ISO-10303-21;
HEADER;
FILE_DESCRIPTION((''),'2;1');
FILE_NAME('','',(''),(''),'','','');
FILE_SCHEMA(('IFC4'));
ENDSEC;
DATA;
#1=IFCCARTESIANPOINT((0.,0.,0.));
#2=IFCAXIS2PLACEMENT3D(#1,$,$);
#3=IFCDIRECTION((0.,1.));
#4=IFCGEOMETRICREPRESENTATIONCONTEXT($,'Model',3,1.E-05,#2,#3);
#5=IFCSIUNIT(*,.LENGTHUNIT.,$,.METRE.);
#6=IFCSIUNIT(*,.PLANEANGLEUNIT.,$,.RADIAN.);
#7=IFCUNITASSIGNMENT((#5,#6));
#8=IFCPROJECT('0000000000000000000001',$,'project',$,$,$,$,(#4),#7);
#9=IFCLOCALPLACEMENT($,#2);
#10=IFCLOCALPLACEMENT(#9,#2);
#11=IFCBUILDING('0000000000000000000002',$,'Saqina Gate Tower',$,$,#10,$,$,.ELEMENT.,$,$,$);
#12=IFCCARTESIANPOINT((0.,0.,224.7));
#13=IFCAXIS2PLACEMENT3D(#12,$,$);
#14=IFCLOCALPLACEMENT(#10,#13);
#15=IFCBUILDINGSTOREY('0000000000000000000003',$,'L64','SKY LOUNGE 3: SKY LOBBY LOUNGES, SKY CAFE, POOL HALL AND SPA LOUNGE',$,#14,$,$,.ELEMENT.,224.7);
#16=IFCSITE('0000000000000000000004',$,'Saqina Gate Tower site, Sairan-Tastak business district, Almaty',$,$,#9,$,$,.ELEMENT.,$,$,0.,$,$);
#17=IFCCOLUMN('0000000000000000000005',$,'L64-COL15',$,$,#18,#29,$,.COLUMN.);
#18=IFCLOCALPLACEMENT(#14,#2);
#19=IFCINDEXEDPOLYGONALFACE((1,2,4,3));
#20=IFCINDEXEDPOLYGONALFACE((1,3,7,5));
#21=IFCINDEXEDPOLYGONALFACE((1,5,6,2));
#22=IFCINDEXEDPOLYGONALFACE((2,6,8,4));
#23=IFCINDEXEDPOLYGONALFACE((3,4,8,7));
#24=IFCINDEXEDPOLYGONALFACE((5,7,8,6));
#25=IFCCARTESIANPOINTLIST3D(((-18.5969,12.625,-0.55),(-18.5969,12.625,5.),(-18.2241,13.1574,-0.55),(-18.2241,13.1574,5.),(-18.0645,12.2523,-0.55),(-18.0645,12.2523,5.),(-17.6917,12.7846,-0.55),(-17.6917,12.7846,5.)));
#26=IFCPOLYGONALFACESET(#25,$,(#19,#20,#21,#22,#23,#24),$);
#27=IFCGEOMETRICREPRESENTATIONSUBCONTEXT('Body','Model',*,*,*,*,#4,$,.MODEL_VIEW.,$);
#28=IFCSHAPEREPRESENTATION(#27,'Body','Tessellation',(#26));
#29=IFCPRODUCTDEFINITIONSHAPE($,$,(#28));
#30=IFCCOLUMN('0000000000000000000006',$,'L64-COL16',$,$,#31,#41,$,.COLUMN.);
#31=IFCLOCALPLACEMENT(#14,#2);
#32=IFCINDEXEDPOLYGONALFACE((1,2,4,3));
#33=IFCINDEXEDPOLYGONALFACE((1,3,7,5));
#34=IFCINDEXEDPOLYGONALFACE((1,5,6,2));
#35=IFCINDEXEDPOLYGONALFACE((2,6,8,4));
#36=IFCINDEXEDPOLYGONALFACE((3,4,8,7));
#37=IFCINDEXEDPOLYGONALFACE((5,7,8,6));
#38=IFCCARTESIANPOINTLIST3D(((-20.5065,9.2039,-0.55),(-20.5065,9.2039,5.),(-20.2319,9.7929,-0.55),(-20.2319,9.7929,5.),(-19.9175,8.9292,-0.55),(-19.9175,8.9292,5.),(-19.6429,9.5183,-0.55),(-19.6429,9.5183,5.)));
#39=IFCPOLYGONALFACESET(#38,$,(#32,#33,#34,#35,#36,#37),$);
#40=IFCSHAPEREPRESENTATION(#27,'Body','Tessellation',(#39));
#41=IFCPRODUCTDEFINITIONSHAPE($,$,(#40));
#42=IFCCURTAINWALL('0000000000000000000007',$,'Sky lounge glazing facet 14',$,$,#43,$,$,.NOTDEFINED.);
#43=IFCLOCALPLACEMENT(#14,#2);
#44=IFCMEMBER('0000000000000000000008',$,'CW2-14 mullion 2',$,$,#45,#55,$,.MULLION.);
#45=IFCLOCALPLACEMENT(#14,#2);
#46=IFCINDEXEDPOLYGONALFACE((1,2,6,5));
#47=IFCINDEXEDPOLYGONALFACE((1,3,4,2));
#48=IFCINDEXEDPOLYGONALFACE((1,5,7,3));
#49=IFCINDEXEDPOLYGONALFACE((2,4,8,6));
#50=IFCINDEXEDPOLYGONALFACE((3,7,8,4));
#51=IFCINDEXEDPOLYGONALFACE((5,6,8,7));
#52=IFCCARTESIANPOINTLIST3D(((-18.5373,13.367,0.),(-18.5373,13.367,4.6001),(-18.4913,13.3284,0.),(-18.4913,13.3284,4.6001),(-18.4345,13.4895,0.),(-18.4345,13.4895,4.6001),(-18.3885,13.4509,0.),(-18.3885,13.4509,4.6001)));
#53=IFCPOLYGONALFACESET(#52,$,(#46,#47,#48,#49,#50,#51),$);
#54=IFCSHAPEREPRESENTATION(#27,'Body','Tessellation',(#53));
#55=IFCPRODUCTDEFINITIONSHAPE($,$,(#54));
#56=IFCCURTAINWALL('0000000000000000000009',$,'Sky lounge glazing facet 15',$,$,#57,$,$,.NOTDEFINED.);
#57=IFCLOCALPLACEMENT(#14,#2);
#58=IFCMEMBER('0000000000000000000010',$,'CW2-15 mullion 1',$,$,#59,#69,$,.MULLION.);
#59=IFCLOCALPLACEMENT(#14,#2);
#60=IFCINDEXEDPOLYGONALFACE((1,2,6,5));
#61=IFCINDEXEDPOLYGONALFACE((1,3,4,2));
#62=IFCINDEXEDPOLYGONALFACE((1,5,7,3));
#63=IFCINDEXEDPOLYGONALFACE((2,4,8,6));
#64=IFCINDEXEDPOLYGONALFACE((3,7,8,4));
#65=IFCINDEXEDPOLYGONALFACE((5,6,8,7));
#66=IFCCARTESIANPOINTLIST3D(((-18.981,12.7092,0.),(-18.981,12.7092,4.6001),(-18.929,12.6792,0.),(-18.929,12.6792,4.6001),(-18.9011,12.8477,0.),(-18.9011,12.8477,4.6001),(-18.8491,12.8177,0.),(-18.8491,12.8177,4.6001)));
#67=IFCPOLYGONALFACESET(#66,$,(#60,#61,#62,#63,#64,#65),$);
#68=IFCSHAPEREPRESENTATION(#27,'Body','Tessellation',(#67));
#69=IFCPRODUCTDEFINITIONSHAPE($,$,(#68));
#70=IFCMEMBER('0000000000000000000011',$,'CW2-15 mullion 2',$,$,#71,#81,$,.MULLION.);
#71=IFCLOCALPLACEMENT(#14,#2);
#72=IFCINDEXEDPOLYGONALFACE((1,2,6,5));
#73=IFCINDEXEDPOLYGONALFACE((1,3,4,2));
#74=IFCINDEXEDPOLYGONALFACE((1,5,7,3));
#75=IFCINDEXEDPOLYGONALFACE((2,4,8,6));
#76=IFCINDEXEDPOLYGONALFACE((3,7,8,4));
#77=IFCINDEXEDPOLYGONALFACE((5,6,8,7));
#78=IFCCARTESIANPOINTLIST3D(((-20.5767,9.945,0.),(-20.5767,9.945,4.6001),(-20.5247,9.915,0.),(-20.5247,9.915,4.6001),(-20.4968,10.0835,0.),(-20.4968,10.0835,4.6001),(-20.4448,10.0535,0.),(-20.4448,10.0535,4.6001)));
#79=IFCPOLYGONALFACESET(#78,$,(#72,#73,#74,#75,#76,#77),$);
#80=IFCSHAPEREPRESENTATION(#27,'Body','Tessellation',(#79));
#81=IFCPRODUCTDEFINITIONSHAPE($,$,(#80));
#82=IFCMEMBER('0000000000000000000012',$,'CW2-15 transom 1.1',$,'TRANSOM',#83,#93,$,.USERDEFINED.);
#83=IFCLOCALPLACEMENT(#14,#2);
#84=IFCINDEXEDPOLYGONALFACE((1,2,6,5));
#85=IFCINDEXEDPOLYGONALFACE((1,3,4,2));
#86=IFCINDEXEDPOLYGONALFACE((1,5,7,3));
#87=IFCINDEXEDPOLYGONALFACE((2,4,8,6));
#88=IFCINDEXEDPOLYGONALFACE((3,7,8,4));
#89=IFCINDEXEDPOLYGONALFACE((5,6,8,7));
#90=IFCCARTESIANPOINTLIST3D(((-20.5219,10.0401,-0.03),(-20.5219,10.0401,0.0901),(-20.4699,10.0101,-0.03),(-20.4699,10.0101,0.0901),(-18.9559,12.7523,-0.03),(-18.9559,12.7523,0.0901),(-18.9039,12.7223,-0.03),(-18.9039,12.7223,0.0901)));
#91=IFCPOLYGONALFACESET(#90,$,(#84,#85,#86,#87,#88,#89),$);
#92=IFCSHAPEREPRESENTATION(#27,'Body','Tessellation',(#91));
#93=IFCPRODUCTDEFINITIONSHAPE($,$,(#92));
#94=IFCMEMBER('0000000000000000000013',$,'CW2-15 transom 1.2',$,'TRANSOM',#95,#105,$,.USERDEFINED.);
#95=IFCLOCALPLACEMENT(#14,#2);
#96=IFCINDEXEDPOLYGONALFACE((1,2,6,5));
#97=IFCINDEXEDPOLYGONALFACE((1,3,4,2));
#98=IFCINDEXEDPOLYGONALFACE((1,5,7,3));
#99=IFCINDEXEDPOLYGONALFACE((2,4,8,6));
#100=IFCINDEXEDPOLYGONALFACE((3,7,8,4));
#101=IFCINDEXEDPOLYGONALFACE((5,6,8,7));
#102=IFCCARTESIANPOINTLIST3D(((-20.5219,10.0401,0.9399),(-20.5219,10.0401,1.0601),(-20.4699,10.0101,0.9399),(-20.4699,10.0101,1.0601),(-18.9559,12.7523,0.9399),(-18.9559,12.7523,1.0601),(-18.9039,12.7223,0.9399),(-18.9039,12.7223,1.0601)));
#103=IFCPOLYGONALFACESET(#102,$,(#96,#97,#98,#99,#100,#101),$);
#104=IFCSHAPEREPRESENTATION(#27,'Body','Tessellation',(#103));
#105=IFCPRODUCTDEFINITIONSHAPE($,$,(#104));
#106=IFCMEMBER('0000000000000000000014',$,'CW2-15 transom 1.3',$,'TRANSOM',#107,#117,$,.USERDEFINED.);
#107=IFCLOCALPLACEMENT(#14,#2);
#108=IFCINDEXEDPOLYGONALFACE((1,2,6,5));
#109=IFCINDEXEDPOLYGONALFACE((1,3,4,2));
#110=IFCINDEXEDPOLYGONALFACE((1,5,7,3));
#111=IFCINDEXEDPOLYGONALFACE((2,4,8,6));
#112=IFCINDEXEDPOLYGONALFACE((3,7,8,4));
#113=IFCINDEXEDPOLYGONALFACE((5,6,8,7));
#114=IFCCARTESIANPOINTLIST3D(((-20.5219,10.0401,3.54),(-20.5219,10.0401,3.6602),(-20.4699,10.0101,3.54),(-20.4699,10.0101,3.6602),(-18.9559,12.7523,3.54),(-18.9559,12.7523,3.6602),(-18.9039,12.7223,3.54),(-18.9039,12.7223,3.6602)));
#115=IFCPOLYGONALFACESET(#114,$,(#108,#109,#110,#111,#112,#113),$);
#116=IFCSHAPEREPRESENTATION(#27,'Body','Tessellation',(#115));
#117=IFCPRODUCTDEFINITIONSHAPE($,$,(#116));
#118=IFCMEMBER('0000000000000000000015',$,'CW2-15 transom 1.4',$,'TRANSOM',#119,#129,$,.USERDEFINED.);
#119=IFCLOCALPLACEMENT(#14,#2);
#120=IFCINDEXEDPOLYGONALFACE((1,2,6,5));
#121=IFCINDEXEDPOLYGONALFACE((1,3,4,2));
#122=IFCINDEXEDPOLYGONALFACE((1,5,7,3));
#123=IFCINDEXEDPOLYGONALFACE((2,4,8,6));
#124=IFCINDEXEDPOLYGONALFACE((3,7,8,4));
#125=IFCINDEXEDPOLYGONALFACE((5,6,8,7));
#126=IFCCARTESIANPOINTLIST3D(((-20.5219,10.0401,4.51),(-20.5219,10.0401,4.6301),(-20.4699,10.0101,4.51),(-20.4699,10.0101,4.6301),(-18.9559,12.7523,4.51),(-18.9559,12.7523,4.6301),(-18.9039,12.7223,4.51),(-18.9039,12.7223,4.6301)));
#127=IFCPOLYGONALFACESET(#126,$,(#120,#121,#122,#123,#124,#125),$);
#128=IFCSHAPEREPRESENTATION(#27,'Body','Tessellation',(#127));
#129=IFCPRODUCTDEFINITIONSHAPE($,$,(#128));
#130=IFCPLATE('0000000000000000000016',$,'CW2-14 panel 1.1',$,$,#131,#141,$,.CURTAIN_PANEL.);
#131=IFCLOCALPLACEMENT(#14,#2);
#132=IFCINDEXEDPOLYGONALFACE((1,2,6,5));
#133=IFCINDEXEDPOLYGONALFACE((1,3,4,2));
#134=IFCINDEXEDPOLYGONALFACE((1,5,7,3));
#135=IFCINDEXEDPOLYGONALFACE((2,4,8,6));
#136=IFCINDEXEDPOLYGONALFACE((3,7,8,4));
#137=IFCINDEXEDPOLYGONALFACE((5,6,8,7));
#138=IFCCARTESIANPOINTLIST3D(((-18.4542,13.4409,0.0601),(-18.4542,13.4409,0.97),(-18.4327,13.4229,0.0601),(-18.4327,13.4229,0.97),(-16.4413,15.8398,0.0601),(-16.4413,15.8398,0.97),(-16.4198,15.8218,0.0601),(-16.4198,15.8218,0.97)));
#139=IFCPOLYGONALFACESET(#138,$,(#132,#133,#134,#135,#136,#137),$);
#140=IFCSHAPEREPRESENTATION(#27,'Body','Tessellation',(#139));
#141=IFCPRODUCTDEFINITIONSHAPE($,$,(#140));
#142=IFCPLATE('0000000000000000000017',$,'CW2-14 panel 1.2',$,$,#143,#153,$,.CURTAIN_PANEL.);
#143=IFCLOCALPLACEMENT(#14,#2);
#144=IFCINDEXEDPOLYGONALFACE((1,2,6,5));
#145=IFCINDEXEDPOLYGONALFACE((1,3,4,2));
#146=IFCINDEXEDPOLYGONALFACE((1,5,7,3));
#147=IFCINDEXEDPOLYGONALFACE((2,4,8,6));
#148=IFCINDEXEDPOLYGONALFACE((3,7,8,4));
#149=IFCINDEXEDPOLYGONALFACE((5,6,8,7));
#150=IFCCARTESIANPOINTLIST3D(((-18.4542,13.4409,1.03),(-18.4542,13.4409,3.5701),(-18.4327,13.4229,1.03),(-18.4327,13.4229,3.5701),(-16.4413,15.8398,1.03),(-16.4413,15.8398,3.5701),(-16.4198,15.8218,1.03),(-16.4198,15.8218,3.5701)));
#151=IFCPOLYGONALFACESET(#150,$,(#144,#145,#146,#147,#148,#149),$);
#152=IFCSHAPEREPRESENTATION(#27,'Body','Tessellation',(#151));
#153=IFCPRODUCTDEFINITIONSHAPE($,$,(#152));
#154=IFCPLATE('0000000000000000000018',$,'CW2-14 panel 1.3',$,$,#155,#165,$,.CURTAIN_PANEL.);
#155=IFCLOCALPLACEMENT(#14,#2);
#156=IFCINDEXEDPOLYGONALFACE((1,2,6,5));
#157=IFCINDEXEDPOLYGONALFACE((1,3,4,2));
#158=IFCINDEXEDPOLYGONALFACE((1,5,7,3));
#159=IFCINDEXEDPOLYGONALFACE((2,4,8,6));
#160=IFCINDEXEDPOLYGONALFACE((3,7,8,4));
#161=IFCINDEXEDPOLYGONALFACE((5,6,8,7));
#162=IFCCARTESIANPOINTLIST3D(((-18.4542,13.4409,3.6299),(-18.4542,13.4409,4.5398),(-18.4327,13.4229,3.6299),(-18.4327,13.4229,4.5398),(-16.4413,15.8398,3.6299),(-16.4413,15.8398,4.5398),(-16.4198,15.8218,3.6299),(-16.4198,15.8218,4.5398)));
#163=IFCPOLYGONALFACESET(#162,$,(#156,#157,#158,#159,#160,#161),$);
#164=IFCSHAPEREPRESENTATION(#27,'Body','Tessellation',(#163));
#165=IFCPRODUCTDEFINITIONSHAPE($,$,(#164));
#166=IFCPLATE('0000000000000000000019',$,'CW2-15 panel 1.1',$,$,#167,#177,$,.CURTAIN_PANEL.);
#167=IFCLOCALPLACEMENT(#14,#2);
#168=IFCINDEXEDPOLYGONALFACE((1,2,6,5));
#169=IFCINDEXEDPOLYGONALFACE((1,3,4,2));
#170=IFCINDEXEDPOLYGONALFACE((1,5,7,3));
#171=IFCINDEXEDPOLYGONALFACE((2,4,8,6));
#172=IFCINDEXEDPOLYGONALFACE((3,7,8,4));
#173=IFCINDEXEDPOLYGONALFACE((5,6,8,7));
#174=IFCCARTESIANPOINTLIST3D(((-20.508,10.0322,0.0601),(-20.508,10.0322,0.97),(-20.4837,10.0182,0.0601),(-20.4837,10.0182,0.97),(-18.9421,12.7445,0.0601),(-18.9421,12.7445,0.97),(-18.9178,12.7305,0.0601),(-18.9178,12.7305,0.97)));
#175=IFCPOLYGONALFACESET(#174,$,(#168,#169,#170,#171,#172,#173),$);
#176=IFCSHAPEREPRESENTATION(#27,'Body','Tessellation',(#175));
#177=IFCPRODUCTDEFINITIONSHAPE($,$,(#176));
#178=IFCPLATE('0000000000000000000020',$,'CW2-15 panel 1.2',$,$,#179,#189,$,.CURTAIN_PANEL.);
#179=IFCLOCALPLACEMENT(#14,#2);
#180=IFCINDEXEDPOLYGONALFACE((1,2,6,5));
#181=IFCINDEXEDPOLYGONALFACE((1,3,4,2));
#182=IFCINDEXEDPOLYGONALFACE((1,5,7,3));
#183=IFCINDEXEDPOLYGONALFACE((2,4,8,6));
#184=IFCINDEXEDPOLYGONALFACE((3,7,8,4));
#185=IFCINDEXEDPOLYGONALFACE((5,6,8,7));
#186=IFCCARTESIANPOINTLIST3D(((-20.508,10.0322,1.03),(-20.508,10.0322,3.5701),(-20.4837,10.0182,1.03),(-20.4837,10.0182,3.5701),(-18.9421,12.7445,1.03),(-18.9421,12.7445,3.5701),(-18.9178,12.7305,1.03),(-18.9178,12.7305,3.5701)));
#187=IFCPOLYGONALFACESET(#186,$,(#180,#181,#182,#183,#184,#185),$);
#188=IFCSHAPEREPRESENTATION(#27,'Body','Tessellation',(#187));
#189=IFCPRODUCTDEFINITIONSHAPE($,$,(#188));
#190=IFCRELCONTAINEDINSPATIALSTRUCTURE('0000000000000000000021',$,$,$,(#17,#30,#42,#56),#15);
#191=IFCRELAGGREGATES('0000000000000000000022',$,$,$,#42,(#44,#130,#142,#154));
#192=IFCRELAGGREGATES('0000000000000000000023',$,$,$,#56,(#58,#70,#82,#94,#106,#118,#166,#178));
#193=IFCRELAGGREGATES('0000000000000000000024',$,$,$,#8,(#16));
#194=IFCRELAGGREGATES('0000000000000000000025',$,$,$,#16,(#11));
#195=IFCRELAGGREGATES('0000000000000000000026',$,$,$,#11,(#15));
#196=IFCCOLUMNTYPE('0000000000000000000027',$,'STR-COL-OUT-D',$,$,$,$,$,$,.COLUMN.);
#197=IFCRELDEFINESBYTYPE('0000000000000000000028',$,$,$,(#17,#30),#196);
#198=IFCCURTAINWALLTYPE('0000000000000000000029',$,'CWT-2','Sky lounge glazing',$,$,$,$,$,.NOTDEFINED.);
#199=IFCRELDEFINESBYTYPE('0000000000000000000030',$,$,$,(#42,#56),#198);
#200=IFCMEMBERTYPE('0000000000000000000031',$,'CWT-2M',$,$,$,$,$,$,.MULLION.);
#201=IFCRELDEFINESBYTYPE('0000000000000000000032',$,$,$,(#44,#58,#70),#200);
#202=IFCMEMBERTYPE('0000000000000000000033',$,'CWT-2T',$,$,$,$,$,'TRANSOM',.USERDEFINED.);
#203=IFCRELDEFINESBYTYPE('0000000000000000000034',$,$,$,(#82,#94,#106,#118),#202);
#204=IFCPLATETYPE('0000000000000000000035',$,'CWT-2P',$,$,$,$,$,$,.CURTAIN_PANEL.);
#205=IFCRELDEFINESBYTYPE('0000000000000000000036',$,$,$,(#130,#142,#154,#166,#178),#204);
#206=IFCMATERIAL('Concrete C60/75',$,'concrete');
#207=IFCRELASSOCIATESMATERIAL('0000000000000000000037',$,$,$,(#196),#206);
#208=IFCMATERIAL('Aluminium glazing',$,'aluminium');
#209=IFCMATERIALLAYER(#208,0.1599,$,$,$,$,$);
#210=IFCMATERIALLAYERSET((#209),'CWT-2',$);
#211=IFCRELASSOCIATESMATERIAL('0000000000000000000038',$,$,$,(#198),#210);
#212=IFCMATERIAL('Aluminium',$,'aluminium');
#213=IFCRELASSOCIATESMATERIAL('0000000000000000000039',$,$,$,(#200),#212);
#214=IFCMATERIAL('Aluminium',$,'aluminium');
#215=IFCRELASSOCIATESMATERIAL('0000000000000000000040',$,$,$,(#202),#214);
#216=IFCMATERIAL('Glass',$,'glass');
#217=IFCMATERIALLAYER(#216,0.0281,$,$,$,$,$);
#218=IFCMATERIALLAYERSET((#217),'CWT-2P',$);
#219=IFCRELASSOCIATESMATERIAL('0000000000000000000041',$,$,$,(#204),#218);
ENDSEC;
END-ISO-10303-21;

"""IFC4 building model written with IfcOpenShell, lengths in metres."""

from ifc_helpers import new_model, si_unit, direction, frame, origin, origin_2d, place, context, subcontext, project, spatial, rectangle, extrude, material, layer, layer_set, material_profile, profile_set, type_object, element, aggregate, save


model = new_model("IFC4")

# Units and contexts
model_context = context("Model", 3, precision=1e-05, world=origin(), true_north=direction((0.0, 1.0)))
body_context = subcontext(model_context, "Body", "Model", "MODEL_VIEW")
ifc_project = project(units=[si_unit("LENGTHUNIT", "METRE"), si_unit("PLANEANGLEUNIT", "RADIAN")], contexts=[model_context])

# Site, building, storey
site_placement = place(None, origin())
site = spatial("IfcSite", under=ifc_project, at=site_placement, Name="Saqina Gate Tower site, Sairan-Tastak business district, Almaty", CompositionType="ELEMENT", RefElevation=0.0)
building_placement = place(site_placement, origin())
building = spatial("IfcBuilding", under=site, at=building_placement, Name="Saqina Gate Tower", CompositionType="ELEMENT")
storey_placement = place(building_placement, frame((0.0, 0.0, 224.7)))
storey = spatial("IfcBuildingStorey", under=building, at=storey_placement, Name="L64", Description="SKY LOUNGE 3: SKY LOBBY LOUNGES, SKY CAFE, POOL HALL AND SPA LOUNGE", CompositionType="ELEMENT", Elevation=224.7)

# Columns
ifc_material_1 = material(Name="Concrete C60/75", Category="concrete")
ifc_material_profile_1 = material_profile(ifc_material_1, rectangle(XDim=0.6499, YDim=0.6499, at=origin_2d()), Name="RC 650x650")
ifc_profile_set_1 = profile_set([ifc_material_profile_1], Name="Concrete C60/75")
column_type = type_object("IfcColumnType", Name="STR-COL-OUT-D", PredefinedType="COLUMN", material=ifc_profile_set_1)
for number, where, z_axis, x_axis, name in (
    (1, (-18.1443, 12.7048, -0.55), (0.0, 0.0, 1.0), (-0.819152, 0.573576, 0.0), "L64-COL15"),
    (2, (-20.0747, 9.3611, -0.55), (0.0, 0.0, 1.0), (-0.906308, 0.422618, 0.0), "L64-COL16"),
):
    element("IfcColumn", number, at=place(storey_placement, frame(where, z_axis=z_axis, x_axis=x_axis)), inside=storey, type_object=column_type, Name=name, PredefinedType="COLUMN", context=body_context, shape_type="SweptSolid", body=[
        extrude(rectangle(XDim=0.6499, YDim=0.6499, at=origin_2d()), origin(), (0.0, 0.0, 1.0), 5.55),
    ])

# Curtain wall, member
ifc_material_2 = material(Name="Aluminium glazing", Category="aluminium")
ifc_layer_1 = layer(ifc_material_2, 0.1599)
ifc_layer_set_1 = layer_set([ifc_layer_1], Name="CWT-2")
curtain_wall_type = type_object("IfcCurtainWallType", Name="CWT-2", Description="Sky lounge glazing", PredefinedType="NOTDEFINED", material=ifc_layer_set_1)
curtain_wall_1_placement = place(storey_placement, origin())
curtain_wall_1 = element("IfcCurtainWall", 3, at=curtain_wall_1_placement, inside=storey, type_object=curtain_wall_type, Name="Sky lounge glazing facet 14", PredefinedType="NOTDEFINED")
ifc_material_3 = material(Name="Aluminium", Category="aluminium")
ifc_material_profile_2 = material_profile(ifc_material_3, rectangle(XDim=0.0601, YDim=0.1599, at=origin_2d()), Name="Aluminium 60x160")
ifc_profile_set_2 = profile_set([ifc_material_profile_2], Name="Aluminium")
member_type_1 = type_object("IfcMemberType", Name="CWT-2M", PredefinedType="MULLION", material=ifc_profile_set_2)
member_1_placement = place(storey_placement, frame((-18.4629, 13.4089, 0.0), z_axis=(0.0, 0.0, 1.0), x_axis=(0.766046, -0.642785, 0.0)))
member_1 = element("IfcMember", 4, at=member_1_placement, type_object=member_type_1, Name="CW2-14 mullion 2", PredefinedType="MULLION", context=body_context, shape_type="SweptSolid", body=[
    extrude(rectangle(XDim=0.0601, YDim=0.1599, at=origin_2d()), origin(), (0.0, 0.0, 1.0), 4.6001),
])

# Curtain wall, members
curtain_wall_2_placement = place(storey_placement, origin())
curtain_wall_2 = element("IfcCurtainWall", 5, at=curtain_wall_2_placement, inside=storey, type_object=curtain_wall_type, Name="Sky lounge glazing facet 15", PredefinedType="NOTDEFINED")
member_2_placement = place(storey_placement, frame((-18.915, 12.7634, 0.0), z_axis=(0.0, 0.0, 1.0), x_axis=(0.866036, -0.499982, 0.0)))
member_2 = element("IfcMember", 6, at=member_2_placement, type_object=member_type_1, Name="CW2-15 mullion 1", PredefinedType="MULLION", context=body_context, shape_type="SweptSolid", body=[
    extrude(rectangle(XDim=0.0601, YDim=0.1599, at=origin_2d()), origin(), (0.0, 0.0, 1.0), 4.6001),
])
member_3_placement = place(storey_placement, frame((-20.5107, 9.9993, 0.0), z_axis=(0.0, 0.0, 1.0), x_axis=(0.866036, -0.499982, 0.0)))
member_3 = element("IfcMember", 7, at=member_3_placement, type_object=member_type_1, Name="CW2-15 mullion 2", PredefinedType="MULLION", context=body_context, shape_type="SweptSolid", body=[
    extrude(rectangle(XDim=0.0601, YDim=0.1599, at=origin_2d()), origin(), (0.0, 0.0, 1.0), 4.6001),
])
ifc_material_4 = material(Name="Aluminium", Category="aluminium")
ifc_material_profile_3 = material_profile(ifc_material_4, rectangle(XDim=0.0601, YDim=0.1201, at=origin_2d()), Name="Aluminium 60x120")
ifc_profile_set_3 = profile_set([ifc_material_profile_3], Name="Aluminium")
member_type_2 = type_object("IfcMemberType", Name="CWT-2T", ElementType="TRANSOM", PredefinedType="USERDEFINED", material=ifc_profile_set_3)
member_4_placement = place(storey_placement, frame((-18.9299, 12.7373, 0.03), z_axis=(-0.500013, -0.866018, 0.0), x_axis=(0.866018, -0.500013, 0.0)))
member_4 = element("IfcMember", 8, at=member_4_placement, type_object=member_type_2, Name="CW2-15 transom 1.1", ObjectType="TRANSOM", PredefinedType="USERDEFINED", context=body_context, shape_type="SweptSolid", body=[
    extrude(rectangle(XDim=0.0601, YDim=0.1201, at=origin_2d()), origin(), (0.0, 0.0, 1.0), 3.1318),
])
member_5_placement = place(storey_placement, frame((-18.9299, 12.7373, 1.0), z_axis=(-0.500013, -0.866018, 0.0), x_axis=(0.866018, -0.500013, 0.0)))
member_5 = element("IfcMember", 9, at=member_5_placement, type_object=member_type_2, Name="CW2-15 transom 1.2", ObjectType="TRANSOM", PredefinedType="USERDEFINED", context=body_context, shape_type="SweptSolid", body=[
    extrude(rectangle(XDim=0.0601, YDim=0.1201, at=origin_2d()), origin(), (0.0, 0.0, 1.0), 3.1318),
])
member_6_placement = place(storey_placement, frame((-18.9299, 12.7373, 3.6001), z_axis=(-0.500013, -0.866018, 0.0), x_axis=(0.866018, -0.500013, 0.0)))
member_6 = element("IfcMember", 10, at=member_6_placement, type_object=member_type_2, Name="CW2-15 transom 1.3", ObjectType="TRANSOM", PredefinedType="USERDEFINED", context=body_context, shape_type="SweptSolid", body=[
    extrude(rectangle(XDim=0.0601, YDim=0.1201, at=origin_2d()), origin(), (0.0, 0.0, 1.0), 3.1318),
])
member_7_placement = place(storey_placement, frame((-18.9299, 12.7373, 4.5701), z_axis=(-0.500013, -0.866018, 0.0), x_axis=(0.866018, -0.500013, 0.0)))
member_7 = element("IfcMember", 11, at=member_7_placement, type_object=member_type_2, Name="CW2-15 transom 1.4", ObjectType="TRANSOM", PredefinedType="USERDEFINED", context=body_context, shape_type="SweptSolid", body=[
    extrude(rectangle(XDim=0.0601, YDim=0.1201, at=origin_2d()), origin(), (0.0, 0.0, 1.0), 3.1318),
])

# Plates
ifc_material_5 = material(Name="Glass", Category="glass")
ifc_layer_2 = layer(ifc_material_5, 0.0281)
ifc_layer_set_2 = layer_set([ifc_layer_2], Name="CWT-2P")
plate_type = type_object("IfcPlateType", Name="CWT-2P", PredefinedType="CURTAIN_PANEL", material=ifc_layer_set_2)
plate_1_placement = place(storey_placement, frame((-17.437, 14.6313, 0.0601), z_axis=(0.0, 0.0, 1.0), x_axis=(-0.642785, -0.766046, 0.0)))
plate_1 = element("IfcPlate", 12, at=plate_1_placement, type_object=plate_type, Name="CW2-14 panel 1.1", PredefinedType="CURTAIN_PANEL", context=body_context, shape_type="SweptSolid", body=[
    extrude(rectangle(XDim=3.1316, YDim=0.0281, at=origin_2d()), origin(), (0.0, 0.0, 1.0), 0.9099),
])
plate_2_placement = place(storey_placement, frame((-17.437, 14.6313, 1.03), z_axis=(0.0, 0.0, 1.0), x_axis=(-0.642785, -0.766046, 0.0)))
plate_2 = element("IfcPlate", 13, at=plate_2_placement, type_object=plate_type, Name="CW2-14 panel 1.2", PredefinedType="CURTAIN_PANEL", context=body_context, shape_type="SweptSolid", body=[
    extrude(rectangle(XDim=3.1316, YDim=0.0281, at=origin_2d()), origin(), (0.0, 0.0, 1.0), 2.54),
])
plate_3_placement = place(storey_placement, frame((-17.437, 14.6313, 3.6299), z_axis=(0.0, 0.0, 1.0), x_axis=(-0.642785, -0.766046, 0.0)))
plate_3 = element("IfcPlate", 14, at=plate_3_placement, type_object=plate_type, Name="CW2-14 panel 1.3", PredefinedType="CURTAIN_PANEL", context=body_context, shape_type="SweptSolid", body=[
    extrude(rectangle(XDim=3.1316, YDim=0.0281, at=origin_2d()), origin(), (0.0, 0.0, 1.0), 0.9099),
])
aggregate(curtain_wall_1, [member_1, plate_1, plate_2, plate_3])
plate_4_placement = place(storey_placement, frame((-19.7129, 11.3813, 0.0601), z_axis=(0.0, 0.0, 1.0), x_axis=(-0.499982, -0.866036, 0.0)))
plate_4 = element("IfcPlate", 15, at=plate_4_placement, type_object=plate_type, Name="CW2-15 panel 1.1", PredefinedType="CURTAIN_PANEL", context=body_context, shape_type="SweptSolid", body=[
    extrude(rectangle(XDim=3.1318, YDim=0.0281, at=origin_2d()), origin(), (0.0, 0.0, 1.0), 0.9099),
])
plate_5_placement = place(storey_placement, frame((-19.7129, 11.3813, 1.03), z_axis=(0.0, 0.0, 1.0), x_axis=(-0.499982, -0.866036, 0.0)))
plate_5 = element("IfcPlate", 16, at=plate_5_placement, type_object=plate_type, Name="CW2-15 panel 1.2", PredefinedType="CURTAIN_PANEL", context=body_context, shape_type="SweptSolid", body=[
    extrude(rectangle(XDim=3.1318, YDim=0.0281, at=origin_2d()), origin(), (0.0, 0.0, 1.0), 2.54),
])
aggregate(curtain_wall_2, [member_2, member_3, member_4, member_5, member_6, member_7, plate_4, plate_5])

save(model, "model.ifc")
